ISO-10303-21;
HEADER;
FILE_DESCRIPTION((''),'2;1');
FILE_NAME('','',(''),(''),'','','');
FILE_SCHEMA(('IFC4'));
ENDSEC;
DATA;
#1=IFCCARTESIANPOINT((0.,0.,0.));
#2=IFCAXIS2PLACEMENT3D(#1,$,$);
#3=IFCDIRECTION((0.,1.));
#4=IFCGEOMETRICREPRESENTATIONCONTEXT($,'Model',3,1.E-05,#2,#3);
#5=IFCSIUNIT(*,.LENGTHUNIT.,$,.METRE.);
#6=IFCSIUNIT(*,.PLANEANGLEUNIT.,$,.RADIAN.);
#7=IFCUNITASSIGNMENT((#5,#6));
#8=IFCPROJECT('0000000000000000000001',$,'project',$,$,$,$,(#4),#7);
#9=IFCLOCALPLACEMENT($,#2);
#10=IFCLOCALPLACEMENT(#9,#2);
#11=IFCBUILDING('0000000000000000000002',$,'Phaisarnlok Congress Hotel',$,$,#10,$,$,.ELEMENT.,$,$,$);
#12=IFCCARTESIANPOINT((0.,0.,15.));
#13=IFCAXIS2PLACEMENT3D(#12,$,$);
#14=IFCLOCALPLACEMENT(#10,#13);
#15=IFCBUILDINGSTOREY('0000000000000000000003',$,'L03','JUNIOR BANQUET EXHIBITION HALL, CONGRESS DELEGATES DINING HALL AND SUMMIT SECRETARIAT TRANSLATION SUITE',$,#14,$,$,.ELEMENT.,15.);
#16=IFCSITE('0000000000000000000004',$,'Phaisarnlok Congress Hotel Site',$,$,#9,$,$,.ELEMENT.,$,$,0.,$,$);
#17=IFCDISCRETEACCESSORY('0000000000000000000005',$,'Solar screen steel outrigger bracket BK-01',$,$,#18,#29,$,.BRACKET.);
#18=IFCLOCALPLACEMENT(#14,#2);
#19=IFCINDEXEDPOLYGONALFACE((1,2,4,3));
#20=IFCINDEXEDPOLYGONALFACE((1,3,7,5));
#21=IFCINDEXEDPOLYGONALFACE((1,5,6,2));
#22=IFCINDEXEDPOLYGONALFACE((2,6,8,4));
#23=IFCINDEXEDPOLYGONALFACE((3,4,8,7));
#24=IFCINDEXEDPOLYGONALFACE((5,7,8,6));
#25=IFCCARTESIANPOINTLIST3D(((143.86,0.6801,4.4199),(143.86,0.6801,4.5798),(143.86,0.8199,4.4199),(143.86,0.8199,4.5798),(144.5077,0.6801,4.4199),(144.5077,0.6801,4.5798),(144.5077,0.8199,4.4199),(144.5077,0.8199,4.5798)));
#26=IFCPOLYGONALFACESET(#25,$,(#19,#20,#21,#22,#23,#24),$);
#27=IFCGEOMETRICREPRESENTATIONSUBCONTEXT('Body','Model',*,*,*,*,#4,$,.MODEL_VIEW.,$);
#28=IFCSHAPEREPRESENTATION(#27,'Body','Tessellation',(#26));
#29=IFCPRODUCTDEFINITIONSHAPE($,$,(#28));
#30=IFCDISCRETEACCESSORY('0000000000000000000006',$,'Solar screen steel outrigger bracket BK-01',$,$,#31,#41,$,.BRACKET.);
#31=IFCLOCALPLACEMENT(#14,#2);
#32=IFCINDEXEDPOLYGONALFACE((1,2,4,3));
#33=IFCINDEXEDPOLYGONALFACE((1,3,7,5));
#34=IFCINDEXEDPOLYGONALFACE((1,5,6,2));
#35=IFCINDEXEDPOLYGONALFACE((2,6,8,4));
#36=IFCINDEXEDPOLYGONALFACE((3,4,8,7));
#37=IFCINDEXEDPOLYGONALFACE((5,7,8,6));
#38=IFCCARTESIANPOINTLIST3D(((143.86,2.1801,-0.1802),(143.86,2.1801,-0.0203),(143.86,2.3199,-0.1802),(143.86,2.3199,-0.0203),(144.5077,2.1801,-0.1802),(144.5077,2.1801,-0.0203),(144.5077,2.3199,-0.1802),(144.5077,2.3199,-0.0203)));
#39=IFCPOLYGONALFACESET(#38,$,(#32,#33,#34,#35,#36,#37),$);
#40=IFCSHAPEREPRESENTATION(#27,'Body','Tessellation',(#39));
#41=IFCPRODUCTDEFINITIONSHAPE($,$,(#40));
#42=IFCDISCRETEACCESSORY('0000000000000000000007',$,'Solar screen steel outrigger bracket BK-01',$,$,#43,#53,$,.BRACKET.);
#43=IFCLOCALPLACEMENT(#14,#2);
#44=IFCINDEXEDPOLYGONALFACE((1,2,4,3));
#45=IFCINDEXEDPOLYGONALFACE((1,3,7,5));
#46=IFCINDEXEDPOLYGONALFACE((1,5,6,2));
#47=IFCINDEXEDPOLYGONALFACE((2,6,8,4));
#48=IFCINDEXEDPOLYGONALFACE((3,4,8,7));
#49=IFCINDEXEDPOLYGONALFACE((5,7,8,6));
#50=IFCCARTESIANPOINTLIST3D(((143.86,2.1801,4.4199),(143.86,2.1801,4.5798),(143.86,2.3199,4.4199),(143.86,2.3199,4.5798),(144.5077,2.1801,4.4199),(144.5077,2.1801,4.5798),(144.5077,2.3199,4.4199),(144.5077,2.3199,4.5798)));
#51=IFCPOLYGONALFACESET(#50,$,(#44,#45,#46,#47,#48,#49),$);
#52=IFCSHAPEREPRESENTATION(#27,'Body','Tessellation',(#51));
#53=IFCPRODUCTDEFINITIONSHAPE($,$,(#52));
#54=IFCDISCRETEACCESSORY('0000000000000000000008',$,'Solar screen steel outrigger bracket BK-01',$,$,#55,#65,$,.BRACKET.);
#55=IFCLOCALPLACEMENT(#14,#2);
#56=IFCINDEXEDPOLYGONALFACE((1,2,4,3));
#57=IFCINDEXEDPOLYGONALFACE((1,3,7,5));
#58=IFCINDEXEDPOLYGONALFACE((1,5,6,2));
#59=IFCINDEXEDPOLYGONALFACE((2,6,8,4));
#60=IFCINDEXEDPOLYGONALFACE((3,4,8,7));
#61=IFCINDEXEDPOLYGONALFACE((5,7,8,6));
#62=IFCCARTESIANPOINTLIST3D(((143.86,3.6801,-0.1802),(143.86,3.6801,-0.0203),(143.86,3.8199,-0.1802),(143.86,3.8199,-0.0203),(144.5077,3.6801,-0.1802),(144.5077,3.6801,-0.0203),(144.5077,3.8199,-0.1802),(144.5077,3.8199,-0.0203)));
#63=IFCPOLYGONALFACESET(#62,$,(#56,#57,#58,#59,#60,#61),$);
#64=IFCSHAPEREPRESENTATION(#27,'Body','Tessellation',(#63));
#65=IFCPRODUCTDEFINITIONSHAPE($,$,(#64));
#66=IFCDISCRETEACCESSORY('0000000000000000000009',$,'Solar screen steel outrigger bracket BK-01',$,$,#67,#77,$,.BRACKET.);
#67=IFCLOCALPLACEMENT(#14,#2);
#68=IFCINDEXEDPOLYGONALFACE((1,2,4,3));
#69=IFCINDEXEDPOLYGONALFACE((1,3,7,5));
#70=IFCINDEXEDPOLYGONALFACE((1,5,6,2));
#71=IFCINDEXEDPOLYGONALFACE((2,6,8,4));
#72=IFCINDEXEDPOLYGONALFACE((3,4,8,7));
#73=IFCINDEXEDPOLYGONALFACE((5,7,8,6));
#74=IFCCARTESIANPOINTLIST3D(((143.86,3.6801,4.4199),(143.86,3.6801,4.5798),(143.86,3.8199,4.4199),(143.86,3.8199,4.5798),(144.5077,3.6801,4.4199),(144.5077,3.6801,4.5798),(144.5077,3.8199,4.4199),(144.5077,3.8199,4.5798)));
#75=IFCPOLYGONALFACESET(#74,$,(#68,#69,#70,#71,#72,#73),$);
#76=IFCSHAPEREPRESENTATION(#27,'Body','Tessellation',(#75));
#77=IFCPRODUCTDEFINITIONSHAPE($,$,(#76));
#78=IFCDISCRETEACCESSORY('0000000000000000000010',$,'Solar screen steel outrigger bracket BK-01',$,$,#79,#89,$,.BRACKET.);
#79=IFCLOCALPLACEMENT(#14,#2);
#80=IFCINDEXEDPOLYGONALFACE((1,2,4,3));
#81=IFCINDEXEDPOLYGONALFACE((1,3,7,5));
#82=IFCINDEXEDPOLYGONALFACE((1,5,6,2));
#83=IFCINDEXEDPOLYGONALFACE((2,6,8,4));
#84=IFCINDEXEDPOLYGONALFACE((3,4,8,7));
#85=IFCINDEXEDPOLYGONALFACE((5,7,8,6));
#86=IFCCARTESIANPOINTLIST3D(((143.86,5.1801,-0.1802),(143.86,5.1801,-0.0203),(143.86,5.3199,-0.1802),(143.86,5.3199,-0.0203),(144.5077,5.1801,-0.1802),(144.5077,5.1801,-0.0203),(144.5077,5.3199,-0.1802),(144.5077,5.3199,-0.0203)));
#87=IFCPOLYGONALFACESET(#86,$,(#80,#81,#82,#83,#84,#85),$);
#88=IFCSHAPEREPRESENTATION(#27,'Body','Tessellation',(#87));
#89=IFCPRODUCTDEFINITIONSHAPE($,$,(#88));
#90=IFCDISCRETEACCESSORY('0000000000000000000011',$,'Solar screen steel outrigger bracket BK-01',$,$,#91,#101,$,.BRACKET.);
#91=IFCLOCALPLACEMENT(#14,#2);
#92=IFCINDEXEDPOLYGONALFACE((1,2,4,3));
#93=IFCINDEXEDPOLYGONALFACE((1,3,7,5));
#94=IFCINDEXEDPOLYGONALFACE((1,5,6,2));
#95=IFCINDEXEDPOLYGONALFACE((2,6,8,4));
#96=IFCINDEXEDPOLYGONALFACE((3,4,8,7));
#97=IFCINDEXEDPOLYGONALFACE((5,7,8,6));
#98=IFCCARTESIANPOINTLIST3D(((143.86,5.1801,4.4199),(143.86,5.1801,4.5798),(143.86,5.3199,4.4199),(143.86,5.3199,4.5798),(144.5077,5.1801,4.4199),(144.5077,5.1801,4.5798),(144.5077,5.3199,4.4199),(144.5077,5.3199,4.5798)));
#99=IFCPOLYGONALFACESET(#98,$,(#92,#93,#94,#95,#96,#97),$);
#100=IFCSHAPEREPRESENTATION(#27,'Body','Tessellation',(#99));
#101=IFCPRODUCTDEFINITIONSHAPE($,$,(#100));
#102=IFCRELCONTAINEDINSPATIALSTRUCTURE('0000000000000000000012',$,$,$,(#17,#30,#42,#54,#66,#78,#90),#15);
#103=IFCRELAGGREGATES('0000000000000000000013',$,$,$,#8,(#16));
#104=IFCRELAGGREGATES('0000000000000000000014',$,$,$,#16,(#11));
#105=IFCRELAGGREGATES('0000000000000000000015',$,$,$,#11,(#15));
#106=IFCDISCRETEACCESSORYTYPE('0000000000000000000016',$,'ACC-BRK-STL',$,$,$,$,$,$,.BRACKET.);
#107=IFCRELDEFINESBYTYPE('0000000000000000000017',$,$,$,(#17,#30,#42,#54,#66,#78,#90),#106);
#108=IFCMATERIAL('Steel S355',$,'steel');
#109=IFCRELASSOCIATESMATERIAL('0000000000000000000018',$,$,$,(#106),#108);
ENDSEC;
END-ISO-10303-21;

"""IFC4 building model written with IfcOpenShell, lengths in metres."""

from ifc_helpers import new_model, si_unit, direction, frame, origin, origin_2d, place, context, subcontext, project, spatial, rectangle, extrude, material, type_object, element, save


model = new_model("IFC4")

# Units and contexts
model_context = context("Model", 3, precision=1e-05, world=origin(), true_north=direction((0.0, 1.0)))
body_context = subcontext(model_context, "Body", "Model", "MODEL_VIEW")
ifc_project = project(units=[si_unit("LENGTHUNIT", "METRE"), si_unit("PLANEANGLEUNIT", "RADIAN")], contexts=[model_context])

# Site, building, storey
site_placement = place(None, origin())
site = spatial("IfcSite", under=ifc_project, at=site_placement, Name="Phaisarnlok Congress Hotel Site", CompositionType="ELEMENT", RefElevation=0.0)
building_placement = place(site_placement, origin())
building = spatial("IfcBuilding", under=site, at=building_placement, Name="Phaisarnlok Congress Hotel", CompositionType="ELEMENT")
storey_placement = place(building_placement, frame((0.0, 0.0, 15.0)))
storey = spatial("IfcBuildingStorey", under=building, at=storey_placement, Name="L03", Description="JUNIOR BANQUET EXHIBITION HALL, CONGRESS DELEGATES DINING HALL AND SUMMIT SECRETARIAT TRANSLATION SUITE", CompositionType="ELEMENT", Elevation=15.0)

# Shared definitions
ifc_material_1 = material(Name="Steel S355", Category="steel")

# Discrete accessories
discrete_accessory_type = type_object("IfcDiscreteAccessoryType", Name="ACC-BRK-STL", PredefinedType="BRACKET", material=ifc_material_1)
for number, where, z_axis, x_axis, name in (
    (1, (144.1838, 0.75, 4.4199), (0.0, 0.0, 1.0), (1.0, 0.0, 0.0), "Solar screen steel outrigger bracket BK-01"),
    (2, (144.1838, 2.25, -0.1802), (0.0, 0.0, 1.0), (1.0, 0.0, 0.0), "Solar screen steel outrigger bracket BK-01"),
    (3, (144.1838, 2.25, 4.4199), (0.0, 0.0, 1.0), (1.0, 0.0, 0.0), "Solar screen steel outrigger bracket BK-01"),
    (4, (144.1838, 3.75, -0.1802), (0.0, 0.0, 1.0), (1.0, 0.0, 0.0), "Solar screen steel outrigger bracket BK-01"),
    (5, (144.1838, 3.75, 4.4199), (0.0, 0.0, 1.0), (1.0, 0.0, 0.0), "Solar screen steel outrigger bracket BK-01"),
    (6, (144.1838, 5.25, -0.1802), (0.0, 0.0, 1.0), (1.0, 0.0, 0.0), "Solar screen steel outrigger bracket BK-01"),
    (7, (144.1838, 5.25, 4.4199), (0.0, 0.0, 1.0), (1.0, 0.0, 0.0), "Solar screen steel outrigger bracket BK-01"),
):
    element("IfcDiscreteAccessory", number, at=place(storey_placement, frame(where, z_axis=z_axis, x_axis=x_axis)), inside=storey, type_object=discrete_accessory_type, Name=name, PredefinedType="BRACKET", context=body_context, shape_type="SweptSolid", body=[
        extrude(rectangle(XDim=0.6477, YDim=0.1399, at=origin_2d()), origin(), (0.0, 0.0, 1.0), 0.1599),
    ])

save(model, "model.ifc")
